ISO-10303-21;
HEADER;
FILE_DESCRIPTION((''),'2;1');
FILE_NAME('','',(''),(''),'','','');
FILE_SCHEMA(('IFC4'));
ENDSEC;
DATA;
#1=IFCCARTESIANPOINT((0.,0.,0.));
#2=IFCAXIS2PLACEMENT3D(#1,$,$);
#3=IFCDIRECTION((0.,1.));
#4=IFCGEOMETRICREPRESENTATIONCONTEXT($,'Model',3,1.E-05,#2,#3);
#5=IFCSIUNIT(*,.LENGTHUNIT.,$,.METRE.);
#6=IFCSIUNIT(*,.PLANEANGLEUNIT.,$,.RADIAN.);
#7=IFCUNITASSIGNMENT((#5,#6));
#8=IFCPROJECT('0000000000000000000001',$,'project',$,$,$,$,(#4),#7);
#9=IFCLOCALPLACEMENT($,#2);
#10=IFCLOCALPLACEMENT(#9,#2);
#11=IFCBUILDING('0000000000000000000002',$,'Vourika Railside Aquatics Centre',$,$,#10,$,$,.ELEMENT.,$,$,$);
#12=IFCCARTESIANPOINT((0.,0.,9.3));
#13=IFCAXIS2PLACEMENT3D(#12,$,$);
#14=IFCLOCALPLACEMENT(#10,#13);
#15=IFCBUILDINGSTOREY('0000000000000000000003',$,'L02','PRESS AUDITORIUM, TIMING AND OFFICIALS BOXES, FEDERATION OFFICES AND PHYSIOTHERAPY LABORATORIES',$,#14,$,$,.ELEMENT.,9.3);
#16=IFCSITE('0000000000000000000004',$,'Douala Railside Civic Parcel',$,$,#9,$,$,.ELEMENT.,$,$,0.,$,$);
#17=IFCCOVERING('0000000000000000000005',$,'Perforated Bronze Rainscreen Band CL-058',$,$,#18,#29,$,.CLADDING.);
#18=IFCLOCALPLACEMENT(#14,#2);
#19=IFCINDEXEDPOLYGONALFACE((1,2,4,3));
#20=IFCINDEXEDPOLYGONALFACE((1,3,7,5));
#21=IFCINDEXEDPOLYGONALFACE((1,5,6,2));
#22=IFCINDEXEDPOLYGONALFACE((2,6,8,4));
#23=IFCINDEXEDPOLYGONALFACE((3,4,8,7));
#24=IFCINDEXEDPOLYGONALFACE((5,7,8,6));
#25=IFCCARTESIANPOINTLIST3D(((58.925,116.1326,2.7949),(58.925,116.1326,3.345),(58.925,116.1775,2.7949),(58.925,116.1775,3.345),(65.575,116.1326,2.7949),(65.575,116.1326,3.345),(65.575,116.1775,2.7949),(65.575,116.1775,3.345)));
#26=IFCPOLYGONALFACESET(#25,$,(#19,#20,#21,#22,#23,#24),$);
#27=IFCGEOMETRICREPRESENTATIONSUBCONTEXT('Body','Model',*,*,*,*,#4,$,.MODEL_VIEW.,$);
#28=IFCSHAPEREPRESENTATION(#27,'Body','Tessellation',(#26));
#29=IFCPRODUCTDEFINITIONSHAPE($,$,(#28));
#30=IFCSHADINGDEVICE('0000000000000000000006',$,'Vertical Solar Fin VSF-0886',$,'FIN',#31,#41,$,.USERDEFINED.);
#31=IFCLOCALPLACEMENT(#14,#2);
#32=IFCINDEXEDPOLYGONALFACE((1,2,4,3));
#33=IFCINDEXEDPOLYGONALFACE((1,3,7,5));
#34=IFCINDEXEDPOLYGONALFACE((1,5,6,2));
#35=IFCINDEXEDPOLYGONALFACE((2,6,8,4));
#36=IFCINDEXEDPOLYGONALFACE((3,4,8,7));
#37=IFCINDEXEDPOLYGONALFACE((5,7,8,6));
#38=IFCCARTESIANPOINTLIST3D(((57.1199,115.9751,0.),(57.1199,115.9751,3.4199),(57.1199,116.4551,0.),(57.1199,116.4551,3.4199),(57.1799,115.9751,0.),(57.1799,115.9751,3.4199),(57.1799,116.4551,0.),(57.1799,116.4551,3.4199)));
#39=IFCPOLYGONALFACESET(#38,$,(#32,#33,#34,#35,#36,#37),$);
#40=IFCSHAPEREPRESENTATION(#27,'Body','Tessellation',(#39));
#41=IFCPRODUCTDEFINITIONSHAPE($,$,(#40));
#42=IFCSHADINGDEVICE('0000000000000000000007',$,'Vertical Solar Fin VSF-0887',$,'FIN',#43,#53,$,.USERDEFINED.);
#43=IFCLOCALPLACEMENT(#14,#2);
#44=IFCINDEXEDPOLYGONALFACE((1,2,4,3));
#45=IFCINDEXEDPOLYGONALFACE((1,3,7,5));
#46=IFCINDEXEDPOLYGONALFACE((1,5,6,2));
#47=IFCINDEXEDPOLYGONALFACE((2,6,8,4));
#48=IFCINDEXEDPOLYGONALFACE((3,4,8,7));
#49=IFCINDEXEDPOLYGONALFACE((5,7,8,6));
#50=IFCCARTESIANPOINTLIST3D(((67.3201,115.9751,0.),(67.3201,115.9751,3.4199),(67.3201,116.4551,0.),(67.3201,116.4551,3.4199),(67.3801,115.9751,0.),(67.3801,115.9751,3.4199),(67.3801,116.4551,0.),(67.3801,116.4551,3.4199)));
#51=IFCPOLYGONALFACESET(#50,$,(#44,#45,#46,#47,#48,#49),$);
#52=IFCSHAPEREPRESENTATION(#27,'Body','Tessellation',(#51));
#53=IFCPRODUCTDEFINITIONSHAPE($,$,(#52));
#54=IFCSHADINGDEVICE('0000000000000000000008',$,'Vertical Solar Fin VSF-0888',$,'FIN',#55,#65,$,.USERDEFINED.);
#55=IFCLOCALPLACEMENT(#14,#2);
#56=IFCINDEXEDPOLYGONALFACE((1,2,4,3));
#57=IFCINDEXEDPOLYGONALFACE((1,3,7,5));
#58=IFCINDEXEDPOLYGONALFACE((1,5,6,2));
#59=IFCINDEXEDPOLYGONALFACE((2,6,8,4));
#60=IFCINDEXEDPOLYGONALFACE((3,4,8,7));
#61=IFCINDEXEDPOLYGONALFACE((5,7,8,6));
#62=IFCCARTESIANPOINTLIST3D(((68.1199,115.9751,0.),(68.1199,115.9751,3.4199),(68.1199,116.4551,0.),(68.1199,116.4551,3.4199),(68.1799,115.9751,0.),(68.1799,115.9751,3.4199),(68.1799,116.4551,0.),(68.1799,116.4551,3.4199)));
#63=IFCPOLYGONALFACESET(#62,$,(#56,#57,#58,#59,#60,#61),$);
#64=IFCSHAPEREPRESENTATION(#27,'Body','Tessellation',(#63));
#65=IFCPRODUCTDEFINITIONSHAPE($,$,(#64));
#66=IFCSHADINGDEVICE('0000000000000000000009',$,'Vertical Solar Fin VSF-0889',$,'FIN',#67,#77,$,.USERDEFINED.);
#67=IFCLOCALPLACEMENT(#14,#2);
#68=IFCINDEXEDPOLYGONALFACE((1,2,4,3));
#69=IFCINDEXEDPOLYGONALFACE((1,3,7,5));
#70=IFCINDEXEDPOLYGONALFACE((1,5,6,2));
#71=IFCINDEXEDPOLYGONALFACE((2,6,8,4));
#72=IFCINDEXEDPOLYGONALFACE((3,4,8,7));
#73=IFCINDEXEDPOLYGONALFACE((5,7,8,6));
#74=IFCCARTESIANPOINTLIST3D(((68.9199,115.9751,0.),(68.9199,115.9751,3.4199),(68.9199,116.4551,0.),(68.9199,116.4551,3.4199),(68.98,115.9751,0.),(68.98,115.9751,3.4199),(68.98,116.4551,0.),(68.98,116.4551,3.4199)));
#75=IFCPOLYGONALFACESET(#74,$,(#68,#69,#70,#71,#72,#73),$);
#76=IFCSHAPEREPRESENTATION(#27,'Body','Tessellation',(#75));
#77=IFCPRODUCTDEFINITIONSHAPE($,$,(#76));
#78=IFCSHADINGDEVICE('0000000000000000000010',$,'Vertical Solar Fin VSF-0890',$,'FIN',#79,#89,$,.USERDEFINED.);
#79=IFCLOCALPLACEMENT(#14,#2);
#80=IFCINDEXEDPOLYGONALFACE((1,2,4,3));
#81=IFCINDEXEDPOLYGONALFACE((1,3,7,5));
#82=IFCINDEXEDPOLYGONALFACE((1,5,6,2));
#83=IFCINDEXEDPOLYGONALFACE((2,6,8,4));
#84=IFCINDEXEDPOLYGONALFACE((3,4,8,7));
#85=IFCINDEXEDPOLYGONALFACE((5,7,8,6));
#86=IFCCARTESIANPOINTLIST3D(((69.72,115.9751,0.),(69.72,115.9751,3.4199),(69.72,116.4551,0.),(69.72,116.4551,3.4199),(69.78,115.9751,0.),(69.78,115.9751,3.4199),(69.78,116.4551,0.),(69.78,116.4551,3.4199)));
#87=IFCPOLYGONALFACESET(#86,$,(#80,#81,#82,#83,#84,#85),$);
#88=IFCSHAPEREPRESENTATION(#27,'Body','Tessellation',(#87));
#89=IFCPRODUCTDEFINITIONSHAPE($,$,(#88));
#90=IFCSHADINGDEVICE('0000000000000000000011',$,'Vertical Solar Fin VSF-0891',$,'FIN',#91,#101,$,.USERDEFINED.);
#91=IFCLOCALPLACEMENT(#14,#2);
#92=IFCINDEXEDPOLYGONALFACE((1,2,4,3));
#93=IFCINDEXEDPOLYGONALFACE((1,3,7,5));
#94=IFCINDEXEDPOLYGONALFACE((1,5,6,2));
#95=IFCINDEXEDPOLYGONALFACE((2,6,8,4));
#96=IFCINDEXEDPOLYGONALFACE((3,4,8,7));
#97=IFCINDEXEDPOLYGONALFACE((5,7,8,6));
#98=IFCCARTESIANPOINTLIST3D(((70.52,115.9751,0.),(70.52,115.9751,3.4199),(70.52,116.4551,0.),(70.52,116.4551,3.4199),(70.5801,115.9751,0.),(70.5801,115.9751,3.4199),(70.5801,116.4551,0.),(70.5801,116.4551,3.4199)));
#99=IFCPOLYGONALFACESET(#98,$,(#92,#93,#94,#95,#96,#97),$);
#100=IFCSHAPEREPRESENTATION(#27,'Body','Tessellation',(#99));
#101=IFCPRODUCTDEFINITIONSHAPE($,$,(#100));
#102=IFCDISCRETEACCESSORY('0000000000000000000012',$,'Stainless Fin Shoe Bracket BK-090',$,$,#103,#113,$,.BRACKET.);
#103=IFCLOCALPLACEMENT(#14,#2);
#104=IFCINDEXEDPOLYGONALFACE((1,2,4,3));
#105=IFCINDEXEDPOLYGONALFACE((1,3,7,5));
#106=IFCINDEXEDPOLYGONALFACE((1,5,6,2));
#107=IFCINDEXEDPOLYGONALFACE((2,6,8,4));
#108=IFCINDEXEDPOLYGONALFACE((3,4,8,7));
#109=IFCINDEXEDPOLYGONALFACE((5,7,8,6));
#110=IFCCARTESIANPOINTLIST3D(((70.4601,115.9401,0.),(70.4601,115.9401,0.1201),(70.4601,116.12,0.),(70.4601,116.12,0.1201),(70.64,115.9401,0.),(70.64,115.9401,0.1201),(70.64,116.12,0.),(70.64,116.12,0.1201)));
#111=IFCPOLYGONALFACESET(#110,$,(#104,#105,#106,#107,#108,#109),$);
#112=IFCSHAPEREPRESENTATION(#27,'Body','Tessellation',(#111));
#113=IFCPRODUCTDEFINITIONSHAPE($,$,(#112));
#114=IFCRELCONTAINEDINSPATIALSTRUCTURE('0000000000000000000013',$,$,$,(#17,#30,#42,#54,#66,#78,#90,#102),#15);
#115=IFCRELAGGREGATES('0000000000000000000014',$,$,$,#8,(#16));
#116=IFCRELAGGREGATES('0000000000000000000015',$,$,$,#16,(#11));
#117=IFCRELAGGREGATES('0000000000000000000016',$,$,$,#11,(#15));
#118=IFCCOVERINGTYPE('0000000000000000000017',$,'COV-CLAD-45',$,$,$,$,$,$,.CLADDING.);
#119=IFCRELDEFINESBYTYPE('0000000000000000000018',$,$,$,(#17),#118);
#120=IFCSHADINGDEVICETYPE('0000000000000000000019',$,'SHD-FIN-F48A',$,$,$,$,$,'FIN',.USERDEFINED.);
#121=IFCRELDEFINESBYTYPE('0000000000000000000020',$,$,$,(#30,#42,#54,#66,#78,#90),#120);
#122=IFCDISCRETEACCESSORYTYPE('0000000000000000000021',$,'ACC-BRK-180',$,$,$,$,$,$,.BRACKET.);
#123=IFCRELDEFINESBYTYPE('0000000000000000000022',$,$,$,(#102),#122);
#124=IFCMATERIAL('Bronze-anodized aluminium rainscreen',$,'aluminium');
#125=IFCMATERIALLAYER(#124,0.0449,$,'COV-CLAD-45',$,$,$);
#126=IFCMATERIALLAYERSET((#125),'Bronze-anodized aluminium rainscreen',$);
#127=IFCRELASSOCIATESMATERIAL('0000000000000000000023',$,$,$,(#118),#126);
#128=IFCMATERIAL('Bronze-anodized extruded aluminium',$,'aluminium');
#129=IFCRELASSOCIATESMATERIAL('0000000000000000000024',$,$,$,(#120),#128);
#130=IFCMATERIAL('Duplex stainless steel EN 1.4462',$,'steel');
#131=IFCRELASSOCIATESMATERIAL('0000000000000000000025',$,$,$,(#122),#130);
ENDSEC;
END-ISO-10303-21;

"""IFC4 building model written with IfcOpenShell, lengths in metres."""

from ifc_helpers import new_model, si_unit, direction, frame, origin, origin_2d, place, context, subcontext, project, spatial, rectangle, extrude, material, layer, layer_set, material_profile, profile_set, type_object, element, save


model = new_model("IFC4")

# Units and contexts
model_context = context("Model", 3, precision=1e-05, world=origin(), true_north=direction((0.0, 1.0)))
body_context = subcontext(model_context, "Body", "Model", "MODEL_VIEW")
ifc_project = project(units=[si_unit("LENGTHUNIT", "METRE"), si_unit("PLANEANGLEUNIT", "RADIAN")], contexts=[model_context])

# Site, building, storey
site_placement = place(None, origin())
site = spatial("IfcSite", under=ifc_project, at=site_placement, Name="Douala Railside Civic Parcel", CompositionType="ELEMENT", RefElevation=0.0)
building_placement = place(site_placement, origin())
building = spatial("IfcBuilding", under=site, at=building_placement, Name="Vourika Railside Aquatics Centre", CompositionType="ELEMENT")
storey_placement = place(building_placement, frame((0.0, 0.0, 9.3)))
storey = spatial("IfcBuildingStorey", under=building, at=storey_placement, Name="L02", Description="PRESS AUDITORIUM, TIMING AND OFFICIALS BOXES, FEDERATION OFFICES AND PHYSIOTHERAPY LABORATORIES", CompositionType="ELEMENT", Elevation=9.3)

# Covering
ifc_material_1 = material(Name="Bronze-anodized aluminium rainscreen", Category="aluminium")
ifc_layer_1 = layer(ifc_material_1, 0.0449, Name="COV-CLAD-45")
ifc_layer_set_1 = layer_set([ifc_layer_1], Name="Bronze-anodized aluminium rainscreen")
covering_type = type_object("IfcCoveringType", Name="COV-CLAD-45", PredefinedType="CLADDING", material=ifc_layer_set_1)
covering_placement = place(storey_placement, frame((62.25, 116.155, 2.7949), z_axis=(0.0, 0.0, 1.0), x_axis=(-1.0, 0.0, 0.0)))
element("IfcCovering", 1, at=covering_placement, inside=storey, type_object=covering_type, Name="Perforated Bronze Rainscreen Band CL-058", PredefinedType="CLADDING", context=body_context, shape_type="SweptSolid", body=[
    extrude(rectangle(XDim=6.6499, YDim=0.0449, at=origin_2d()), origin(), (0.0, 0.0, 1.0), 0.55),
])

# Shading devices
ifc_material_2 = material(Name="Bronze-anodized extruded aluminium", Category="aluminium")
ifc_material_profile_1 = material_profile(ifc_material_2, rectangle(XDim=0.0601, YDim=0.48, at=origin_2d()), Name="ALU-FIN 60x480")
ifc_profile_set_1 = profile_set([ifc_material_profile_1], Name="Bronze-anodized extruded aluminium")
shading_device_type = type_object("IfcShadingDeviceType", Name="SHD-FIN-F48A", ElementType="FIN", PredefinedType="USERDEFINED", material=ifc_profile_set_1)
for number, where, z_axis, x_axis, name in (
    (2, (57.1499, 116.2151, 0.0), (0.0, 0.0, 1.0), (1.0, 0.0, 0.0), "Vertical Solar Fin VSF-0886"),
    (3, (67.3501, 116.2151, 0.0), (0.0, 0.0, 1.0), (1.0, 0.0, 0.0), "Vertical Solar Fin VSF-0887"),
    (4, (68.1499, 116.2151, 0.0), (0.0, 0.0, 1.0), (1.0, 0.0, 0.0), "Vertical Solar Fin VSF-0888"),
    (5, (68.95, 116.2151, 0.0), (0.0, 0.0, 1.0), (1.0, 0.0, 0.0), "Vertical Solar Fin VSF-0889"),
    (6, (69.75, 116.2151, 0.0), (0.0, 0.0, 1.0), (1.0, 0.0, 0.0), "Vertical Solar Fin VSF-0890"),
    (7, (70.55, 116.2151, 0.0), (0.0, 0.0, 1.0), (1.0, 0.0, 0.0), "Vertical Solar Fin VSF-0891"),
):
    element("IfcShadingDevice", number, at=place(storey_placement, frame(where, z_axis=z_axis, x_axis=x_axis)), inside=storey, type_object=shading_device_type, Name=name, ObjectType="FIN", PredefinedType="USERDEFINED", context=body_context, shape_type="SweptSolid", body=[
        extrude(rectangle(XDim=0.0601, YDim=0.48, at=origin_2d()), origin(), (0.0, 0.0, 1.0), 3.4199),
    ])

# Discrete accessory
ifc_material_3 = material(Name="Duplex stainless steel EN 1.4462", Category="steel")
discrete_accessory_type = type_object("IfcDiscreteAccessoryType", Name="ACC-BRK-180", PredefinedType="BRACKET", material=ifc_material_3)
discrete_accessory_placement = place(storey_placement, frame((70.55, 116.03, 0.0), z_axis=(0.0, 0.0, 1.0), x_axis=(0.0, 1.0, 0.0)))
element("IfcDiscreteAccessory", 8, at=discrete_accessory_placement, inside=storey, type_object=discrete_accessory_type, Name="Stainless Fin Shoe Bracket BK-090", PredefinedType="BRACKET", context=body_context, shape_type="SweptSolid", body=[
    extrude(rectangle(XDim=0.1799, YDim=0.1799, at=origin_2d()), origin(), (0.0, 0.0, 1.0), 0.1201),
])

save(model, "model.ifc")
